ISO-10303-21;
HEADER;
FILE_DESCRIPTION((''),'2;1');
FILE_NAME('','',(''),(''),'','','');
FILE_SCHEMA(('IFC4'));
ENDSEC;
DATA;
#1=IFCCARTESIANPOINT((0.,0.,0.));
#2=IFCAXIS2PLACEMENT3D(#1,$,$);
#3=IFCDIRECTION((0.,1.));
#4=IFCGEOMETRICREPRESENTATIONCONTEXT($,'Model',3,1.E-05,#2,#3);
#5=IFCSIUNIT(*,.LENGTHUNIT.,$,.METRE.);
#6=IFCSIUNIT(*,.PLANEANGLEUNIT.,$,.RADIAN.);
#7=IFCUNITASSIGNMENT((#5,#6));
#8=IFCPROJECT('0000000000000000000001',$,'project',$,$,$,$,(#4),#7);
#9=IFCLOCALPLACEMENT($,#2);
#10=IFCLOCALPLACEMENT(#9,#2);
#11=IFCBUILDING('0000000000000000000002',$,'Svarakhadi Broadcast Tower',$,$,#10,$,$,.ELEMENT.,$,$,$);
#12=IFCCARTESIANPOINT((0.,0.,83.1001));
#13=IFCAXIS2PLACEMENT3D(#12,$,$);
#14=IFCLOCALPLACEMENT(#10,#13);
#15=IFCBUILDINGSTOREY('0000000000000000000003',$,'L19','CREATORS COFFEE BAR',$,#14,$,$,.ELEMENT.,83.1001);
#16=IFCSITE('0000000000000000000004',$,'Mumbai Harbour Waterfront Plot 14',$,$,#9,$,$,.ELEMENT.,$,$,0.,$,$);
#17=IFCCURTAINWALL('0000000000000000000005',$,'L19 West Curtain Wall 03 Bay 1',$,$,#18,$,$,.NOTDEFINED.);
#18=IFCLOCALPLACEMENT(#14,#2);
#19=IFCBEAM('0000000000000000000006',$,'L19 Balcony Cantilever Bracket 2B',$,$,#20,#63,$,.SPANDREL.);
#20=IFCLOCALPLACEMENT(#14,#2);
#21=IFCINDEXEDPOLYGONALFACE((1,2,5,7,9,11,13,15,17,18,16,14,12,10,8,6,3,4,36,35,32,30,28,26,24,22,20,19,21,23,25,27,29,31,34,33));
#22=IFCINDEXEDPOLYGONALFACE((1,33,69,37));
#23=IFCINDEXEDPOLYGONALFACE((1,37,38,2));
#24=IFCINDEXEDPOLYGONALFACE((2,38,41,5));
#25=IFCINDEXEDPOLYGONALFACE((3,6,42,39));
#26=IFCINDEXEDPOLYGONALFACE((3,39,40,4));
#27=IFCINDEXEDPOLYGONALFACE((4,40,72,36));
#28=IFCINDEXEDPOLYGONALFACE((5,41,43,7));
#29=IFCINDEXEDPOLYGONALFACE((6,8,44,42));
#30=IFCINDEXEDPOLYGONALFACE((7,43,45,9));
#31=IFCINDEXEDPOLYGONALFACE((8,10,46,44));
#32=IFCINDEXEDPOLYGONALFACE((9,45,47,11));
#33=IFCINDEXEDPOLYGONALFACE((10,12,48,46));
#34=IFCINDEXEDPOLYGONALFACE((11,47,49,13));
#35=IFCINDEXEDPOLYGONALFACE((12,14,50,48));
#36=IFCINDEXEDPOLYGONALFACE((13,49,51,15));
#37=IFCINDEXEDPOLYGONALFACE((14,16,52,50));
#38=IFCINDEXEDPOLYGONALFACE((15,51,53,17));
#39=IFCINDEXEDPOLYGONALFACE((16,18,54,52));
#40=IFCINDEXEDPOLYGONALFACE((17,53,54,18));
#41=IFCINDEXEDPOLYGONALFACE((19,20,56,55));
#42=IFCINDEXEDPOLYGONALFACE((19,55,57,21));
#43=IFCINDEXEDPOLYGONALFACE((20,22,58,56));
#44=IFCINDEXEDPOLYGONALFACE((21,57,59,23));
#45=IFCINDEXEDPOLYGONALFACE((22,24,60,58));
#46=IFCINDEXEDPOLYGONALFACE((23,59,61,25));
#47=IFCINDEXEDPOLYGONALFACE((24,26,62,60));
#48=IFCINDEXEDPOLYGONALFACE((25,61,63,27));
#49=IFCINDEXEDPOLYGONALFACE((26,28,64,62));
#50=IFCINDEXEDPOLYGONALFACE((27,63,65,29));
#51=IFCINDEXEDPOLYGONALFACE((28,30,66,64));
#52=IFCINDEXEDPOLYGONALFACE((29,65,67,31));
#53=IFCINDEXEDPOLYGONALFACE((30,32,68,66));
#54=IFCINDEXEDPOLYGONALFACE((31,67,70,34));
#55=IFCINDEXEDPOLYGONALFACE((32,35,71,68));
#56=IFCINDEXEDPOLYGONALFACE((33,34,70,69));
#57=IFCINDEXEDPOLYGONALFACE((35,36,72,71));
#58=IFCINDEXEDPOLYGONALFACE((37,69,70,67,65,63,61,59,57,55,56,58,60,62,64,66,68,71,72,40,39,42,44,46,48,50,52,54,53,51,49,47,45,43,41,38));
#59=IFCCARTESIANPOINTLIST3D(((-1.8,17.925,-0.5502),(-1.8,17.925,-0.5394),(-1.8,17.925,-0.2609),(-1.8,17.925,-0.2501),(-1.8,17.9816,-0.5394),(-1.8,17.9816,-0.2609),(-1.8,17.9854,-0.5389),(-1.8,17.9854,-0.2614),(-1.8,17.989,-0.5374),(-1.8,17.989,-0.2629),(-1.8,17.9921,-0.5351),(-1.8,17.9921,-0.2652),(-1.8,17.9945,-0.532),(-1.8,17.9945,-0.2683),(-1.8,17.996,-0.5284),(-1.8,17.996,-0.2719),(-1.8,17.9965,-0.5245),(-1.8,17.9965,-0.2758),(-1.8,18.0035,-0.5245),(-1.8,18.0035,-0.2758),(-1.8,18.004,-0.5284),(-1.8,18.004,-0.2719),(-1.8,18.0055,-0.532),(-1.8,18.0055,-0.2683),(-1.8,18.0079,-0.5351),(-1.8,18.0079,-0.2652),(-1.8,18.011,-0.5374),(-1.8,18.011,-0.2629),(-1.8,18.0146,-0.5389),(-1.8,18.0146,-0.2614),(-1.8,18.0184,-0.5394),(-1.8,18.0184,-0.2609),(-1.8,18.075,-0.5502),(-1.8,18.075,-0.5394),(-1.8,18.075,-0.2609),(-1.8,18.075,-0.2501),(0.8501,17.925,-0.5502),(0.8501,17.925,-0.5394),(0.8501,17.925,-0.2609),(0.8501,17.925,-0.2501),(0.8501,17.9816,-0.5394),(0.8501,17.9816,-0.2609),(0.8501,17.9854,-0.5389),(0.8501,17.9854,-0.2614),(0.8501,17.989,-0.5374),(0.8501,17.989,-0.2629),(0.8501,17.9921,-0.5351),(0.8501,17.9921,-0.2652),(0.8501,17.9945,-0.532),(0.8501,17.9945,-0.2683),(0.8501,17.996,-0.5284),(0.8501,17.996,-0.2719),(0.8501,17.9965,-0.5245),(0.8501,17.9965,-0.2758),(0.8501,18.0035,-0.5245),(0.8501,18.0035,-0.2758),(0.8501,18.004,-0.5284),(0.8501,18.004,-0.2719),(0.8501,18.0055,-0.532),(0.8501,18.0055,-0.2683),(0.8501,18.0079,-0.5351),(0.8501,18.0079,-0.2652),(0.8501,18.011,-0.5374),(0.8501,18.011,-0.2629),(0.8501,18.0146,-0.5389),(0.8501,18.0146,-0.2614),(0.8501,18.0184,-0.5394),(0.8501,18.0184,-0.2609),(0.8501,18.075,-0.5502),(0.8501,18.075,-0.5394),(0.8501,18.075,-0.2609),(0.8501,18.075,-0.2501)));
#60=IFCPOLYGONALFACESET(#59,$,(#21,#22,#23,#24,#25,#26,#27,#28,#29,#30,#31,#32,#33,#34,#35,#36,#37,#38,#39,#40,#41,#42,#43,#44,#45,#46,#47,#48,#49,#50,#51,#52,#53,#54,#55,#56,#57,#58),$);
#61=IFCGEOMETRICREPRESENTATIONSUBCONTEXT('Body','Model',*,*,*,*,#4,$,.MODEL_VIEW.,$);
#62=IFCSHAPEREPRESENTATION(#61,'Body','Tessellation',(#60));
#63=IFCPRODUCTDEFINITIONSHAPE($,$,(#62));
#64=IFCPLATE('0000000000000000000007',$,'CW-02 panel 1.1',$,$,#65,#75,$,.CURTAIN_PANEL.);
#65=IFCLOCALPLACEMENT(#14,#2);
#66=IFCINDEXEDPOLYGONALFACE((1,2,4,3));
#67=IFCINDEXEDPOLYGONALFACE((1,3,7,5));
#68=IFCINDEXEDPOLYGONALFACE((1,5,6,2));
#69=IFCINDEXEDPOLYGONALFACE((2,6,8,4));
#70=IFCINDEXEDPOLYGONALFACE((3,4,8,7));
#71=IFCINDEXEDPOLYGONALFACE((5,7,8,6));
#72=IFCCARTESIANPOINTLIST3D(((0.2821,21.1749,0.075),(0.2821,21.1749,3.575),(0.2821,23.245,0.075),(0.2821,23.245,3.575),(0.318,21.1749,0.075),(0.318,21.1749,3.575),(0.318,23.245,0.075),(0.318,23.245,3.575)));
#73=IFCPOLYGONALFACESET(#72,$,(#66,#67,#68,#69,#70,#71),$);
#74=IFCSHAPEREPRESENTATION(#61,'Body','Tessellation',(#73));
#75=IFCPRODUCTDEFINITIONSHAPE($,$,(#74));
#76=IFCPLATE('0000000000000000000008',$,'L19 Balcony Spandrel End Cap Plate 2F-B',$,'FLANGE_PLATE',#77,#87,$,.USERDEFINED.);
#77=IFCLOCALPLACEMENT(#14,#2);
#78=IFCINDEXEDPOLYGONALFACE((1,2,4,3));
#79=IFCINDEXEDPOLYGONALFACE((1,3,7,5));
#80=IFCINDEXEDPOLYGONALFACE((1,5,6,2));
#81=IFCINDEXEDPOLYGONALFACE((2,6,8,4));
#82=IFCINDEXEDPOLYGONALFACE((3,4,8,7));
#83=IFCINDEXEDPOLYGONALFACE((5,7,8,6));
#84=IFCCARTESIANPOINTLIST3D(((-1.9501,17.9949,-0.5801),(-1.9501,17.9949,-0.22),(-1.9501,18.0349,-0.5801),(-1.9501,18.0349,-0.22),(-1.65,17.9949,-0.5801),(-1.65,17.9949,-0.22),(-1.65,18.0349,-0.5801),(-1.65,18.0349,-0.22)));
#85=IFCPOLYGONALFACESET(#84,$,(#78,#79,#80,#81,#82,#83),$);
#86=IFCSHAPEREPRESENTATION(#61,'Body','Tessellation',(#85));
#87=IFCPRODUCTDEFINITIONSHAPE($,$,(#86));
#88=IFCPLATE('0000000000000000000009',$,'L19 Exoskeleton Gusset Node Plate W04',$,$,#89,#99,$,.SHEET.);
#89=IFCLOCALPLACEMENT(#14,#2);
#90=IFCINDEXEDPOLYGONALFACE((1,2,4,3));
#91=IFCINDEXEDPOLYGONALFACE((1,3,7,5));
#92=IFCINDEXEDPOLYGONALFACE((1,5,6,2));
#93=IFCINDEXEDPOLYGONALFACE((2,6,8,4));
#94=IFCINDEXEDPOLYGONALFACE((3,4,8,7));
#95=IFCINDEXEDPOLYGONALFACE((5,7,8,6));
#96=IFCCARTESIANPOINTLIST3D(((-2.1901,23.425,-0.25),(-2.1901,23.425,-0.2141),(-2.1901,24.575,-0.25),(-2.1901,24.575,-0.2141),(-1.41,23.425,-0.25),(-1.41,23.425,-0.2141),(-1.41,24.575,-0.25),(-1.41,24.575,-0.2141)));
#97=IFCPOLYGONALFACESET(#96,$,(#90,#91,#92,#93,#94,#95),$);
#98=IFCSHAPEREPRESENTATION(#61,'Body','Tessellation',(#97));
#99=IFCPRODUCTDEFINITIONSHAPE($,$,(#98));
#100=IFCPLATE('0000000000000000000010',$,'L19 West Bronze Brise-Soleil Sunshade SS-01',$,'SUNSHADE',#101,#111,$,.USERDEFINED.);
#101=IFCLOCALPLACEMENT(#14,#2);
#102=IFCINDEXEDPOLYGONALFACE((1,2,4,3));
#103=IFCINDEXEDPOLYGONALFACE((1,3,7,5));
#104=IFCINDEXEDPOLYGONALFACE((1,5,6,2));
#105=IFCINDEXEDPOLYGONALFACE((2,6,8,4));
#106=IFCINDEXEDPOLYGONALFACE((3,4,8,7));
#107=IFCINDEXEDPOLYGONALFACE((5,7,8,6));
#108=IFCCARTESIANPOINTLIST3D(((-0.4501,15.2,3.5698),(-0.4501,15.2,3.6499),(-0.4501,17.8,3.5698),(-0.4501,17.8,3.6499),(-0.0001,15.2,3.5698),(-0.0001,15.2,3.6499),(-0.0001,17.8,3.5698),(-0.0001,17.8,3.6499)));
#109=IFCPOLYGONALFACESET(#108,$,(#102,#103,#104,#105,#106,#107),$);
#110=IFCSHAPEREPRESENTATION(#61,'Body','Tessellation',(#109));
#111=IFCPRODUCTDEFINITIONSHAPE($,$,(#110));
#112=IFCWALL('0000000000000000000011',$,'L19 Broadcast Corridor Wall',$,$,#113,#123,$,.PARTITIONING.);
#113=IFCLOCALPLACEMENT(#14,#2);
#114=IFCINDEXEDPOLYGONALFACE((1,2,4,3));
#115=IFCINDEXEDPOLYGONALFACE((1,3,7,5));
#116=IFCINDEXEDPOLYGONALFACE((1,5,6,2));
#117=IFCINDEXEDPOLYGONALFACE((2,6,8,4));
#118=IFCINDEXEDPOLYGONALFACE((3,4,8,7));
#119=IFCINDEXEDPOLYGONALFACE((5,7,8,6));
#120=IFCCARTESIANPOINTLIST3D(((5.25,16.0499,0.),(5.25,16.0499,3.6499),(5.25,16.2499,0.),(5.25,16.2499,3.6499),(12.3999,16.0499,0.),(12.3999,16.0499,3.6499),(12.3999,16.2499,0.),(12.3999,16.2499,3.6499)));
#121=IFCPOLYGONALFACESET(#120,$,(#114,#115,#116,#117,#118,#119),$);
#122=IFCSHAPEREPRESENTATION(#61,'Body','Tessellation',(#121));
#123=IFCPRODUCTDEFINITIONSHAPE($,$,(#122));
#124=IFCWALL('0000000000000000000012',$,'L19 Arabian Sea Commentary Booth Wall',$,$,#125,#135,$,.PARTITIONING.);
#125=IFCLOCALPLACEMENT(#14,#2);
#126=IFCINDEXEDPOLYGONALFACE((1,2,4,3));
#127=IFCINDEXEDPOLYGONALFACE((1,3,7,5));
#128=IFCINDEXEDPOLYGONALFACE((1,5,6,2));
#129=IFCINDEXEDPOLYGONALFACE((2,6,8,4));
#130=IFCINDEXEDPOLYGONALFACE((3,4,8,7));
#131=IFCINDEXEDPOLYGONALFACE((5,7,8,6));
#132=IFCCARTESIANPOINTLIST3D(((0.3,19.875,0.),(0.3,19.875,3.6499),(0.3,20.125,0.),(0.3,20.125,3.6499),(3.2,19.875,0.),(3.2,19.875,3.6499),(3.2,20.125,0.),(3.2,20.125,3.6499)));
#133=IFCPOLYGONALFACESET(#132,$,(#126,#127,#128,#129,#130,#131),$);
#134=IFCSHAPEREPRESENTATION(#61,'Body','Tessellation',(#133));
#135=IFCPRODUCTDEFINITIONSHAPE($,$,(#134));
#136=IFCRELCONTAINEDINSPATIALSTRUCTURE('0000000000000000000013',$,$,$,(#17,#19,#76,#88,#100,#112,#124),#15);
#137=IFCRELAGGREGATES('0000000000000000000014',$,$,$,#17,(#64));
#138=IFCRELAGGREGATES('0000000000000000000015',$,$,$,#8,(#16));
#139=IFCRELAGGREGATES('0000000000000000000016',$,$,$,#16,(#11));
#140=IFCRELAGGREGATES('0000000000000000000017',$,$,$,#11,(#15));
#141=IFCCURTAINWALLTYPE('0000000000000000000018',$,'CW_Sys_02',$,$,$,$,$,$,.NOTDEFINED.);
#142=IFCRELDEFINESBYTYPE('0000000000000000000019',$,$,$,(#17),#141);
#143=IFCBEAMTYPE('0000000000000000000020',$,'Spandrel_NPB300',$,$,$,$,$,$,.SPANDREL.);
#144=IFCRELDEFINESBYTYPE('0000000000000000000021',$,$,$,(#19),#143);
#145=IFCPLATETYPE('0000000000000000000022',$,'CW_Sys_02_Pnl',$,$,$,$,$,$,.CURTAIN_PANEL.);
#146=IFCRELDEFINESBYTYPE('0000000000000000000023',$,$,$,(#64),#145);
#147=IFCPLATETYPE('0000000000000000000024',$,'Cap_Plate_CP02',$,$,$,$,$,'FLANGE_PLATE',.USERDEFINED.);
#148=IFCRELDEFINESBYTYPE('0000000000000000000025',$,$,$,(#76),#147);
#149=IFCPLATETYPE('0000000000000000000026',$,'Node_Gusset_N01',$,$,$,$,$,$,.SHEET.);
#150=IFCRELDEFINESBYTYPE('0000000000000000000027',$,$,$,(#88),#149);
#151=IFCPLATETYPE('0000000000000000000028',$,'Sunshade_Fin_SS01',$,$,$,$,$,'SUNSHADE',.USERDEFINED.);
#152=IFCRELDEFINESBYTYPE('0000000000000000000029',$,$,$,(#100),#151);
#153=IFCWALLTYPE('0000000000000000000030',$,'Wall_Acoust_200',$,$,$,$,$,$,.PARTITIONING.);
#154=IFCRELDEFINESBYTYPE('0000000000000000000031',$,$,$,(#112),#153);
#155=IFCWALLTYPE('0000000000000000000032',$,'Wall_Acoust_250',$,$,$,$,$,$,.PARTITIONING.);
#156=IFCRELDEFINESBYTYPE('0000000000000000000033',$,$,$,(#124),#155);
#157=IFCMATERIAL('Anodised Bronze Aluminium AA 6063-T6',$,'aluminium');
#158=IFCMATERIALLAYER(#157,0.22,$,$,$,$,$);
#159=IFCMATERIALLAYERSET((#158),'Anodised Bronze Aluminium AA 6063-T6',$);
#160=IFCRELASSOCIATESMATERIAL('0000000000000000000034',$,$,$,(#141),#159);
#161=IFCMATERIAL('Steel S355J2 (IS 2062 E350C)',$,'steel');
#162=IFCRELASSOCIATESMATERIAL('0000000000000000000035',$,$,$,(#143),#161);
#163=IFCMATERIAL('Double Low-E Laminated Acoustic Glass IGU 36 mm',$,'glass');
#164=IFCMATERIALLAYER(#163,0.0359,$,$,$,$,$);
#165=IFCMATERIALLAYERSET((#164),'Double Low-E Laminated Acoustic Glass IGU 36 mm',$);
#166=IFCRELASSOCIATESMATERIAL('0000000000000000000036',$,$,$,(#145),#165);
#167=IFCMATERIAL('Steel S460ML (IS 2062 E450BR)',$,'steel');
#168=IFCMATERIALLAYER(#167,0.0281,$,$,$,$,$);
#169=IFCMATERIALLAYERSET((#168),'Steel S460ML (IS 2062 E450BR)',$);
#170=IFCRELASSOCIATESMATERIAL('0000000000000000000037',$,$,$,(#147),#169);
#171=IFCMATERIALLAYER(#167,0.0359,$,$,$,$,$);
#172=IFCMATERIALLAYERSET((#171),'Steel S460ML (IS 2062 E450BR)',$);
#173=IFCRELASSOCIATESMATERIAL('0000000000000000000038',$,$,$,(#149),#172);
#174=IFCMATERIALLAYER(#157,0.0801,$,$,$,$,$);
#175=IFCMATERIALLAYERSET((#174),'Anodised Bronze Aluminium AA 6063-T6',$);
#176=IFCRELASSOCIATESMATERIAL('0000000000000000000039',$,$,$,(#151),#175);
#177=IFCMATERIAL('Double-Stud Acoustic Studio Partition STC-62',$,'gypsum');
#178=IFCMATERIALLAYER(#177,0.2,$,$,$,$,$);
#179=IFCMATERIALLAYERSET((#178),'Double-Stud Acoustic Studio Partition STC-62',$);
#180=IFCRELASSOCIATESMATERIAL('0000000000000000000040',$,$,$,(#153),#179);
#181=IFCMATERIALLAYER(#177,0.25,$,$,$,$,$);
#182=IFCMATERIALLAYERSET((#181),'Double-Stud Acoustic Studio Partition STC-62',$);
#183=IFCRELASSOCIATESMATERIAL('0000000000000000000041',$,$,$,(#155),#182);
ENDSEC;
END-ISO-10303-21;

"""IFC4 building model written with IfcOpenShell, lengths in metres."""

from ifc_helpers import new_model, si_unit, direction, frame, frame_2d, origin, origin_2d, place, context, subcontext, project, spatial, rectangle, i_section, extrude, material, layer, layer_set, material_profile, profile_set, type_object, element, aggregate, save


model = new_model("IFC4")

# Units and contexts
model_context = context("Model", 3, precision=1e-05, world=origin(), true_north=direction((0.0, 1.0)))
body_context = subcontext(model_context, "Body", "Model", "MODEL_VIEW")
ifc_project = project(units=[si_unit("LENGTHUNIT", "METRE"), si_unit("PLANEANGLEUNIT", "RADIAN")], contexts=[model_context])

# Site, building, storey
site_placement = place(None, origin())
site = spatial("IfcSite", under=ifc_project, at=site_placement, Name="Mumbai Harbour Waterfront Plot 14", CompositionType="ELEMENT", RefElevation=0.0)
building_placement = place(site_placement, origin())
building = spatial("IfcBuilding", under=site, at=building_placement, Name="Svarakhadi Broadcast Tower", CompositionType="ELEMENT")
storey_placement = place(building_placement, frame((0.0, 0.0, 83.1001)))
storey = spatial("IfcBuildingStorey", under=building, at=storey_placement, Name="L19", Description="CREATORS COFFEE BAR", CompositionType="ELEMENT", Elevation=83.1001)

# Shared definitions
ifc_material_1 = material(Name="Steel S460ML (IS 2062 E450BR)", Category="steel")

# Shared definitions
ifc_material_2 = material(Name="Steel S355J2 (IS 2062 E350C)", Category="steel")

# Curtain wall
ifc_material_3 = material(Name="Anodised Bronze Aluminium AA 6063-T6", Category="aluminium")
ifc_layer_1 = layer(ifc_material_3, 0.22)
ifc_layer_set_1 = layer_set([ifc_layer_1], Name="Anodised Bronze Aluminium AA 6063-T6")
curtain_wall_type = type_object("IfcCurtainWallType", Name="CW_Sys_02", PredefinedType="NOTDEFINED", material=ifc_layer_set_1)
curtain_wall_placement = place(storey_placement, origin())
curtain_wall = element("IfcCurtainWall", 1, at=curtain_wall_placement, inside=storey, type_object=curtain_wall_type, Name="L19 West Curtain Wall 03 Bay 1", PredefinedType="NOTDEFINED")

# Beam
ifc_material_profile_1 = material_profile(ifc_material_2, i_section(OverallWidth=0.1499, OverallDepth=0.3, WebThickness=0.0071, FlangeThickness=0.0107, FilletRadius=0.0149, at=origin_2d()), Name="NPB 300x150x37")
ifc_profile_set_1 = profile_set([ifc_material_profile_1], Name="Steel S355J2 (IS 2062 E350C)")
beam_type_1 = type_object("IfcBeamType", Name="Spandrel_NPB300", PredefinedType="SPANDREL", material=ifc_profile_set_1)
beam_1_placement = place(storey_placement, frame((0.8501, 18.0, -0.4001), z_axis=(-1.0, 0.0, 0.0), x_axis=(0.0, -1.0, 0.0)))
element("IfcBeam", 2, at=beam_1_placement, inside=storey, type_object=beam_type_1, Name="L19 Balcony Cantilever Bracket 2B", PredefinedType="SPANDREL", context=body_context, shape_type="SweptSolid", body=[
    extrude(i_section(OverallWidth=0.1499, OverallDepth=0.3, WebThickness=0.0071, FlangeThickness=0.0107, FilletRadius=0.0149, at=origin_2d()), origin(), (0.0, 0.0, 1.0), 2.6501),
])

# Plate
ifc_material_4 = material(Name="Double Low-E Laminated Acoustic Glass IGU 36 mm", Category="glass")
ifc_layer_2 = layer(ifc_material_4, 0.0359)
ifc_layer_set_2 = layer_set([ifc_layer_2], Name="Double Low-E Laminated Acoustic Glass IGU 36 mm")
plate_type_1 = type_object("IfcPlateType", Name="CW_Sys_02_Pnl", PredefinedType="CURTAIN_PANEL", material=ifc_layer_set_2)
plate_1_placement = place(storey_placement, frame((0.3, 22.21, 0.075), z_axis=(0.0, 0.0, 1.0), x_axis=(0.0, 1.0, 0.0)))
plate_1 = element("IfcPlate", 3, at=plate_1_placement, type_object=plate_type_1, Name="CW-02 panel 1.1", PredefinedType="CURTAIN_PANEL", context=body_context, shape_type="SweptSolid", body=[
    extrude(rectangle(XDim=2.0701, YDim=0.0359, at=origin_2d()), origin(), (0.0, 0.0, 1.0), 3.5),
])
aggregate(curtain_wall, [plate_1])

# Plates
ifc_layer_3 = layer(ifc_material_1, 0.0281)
ifc_layer_set_3 = layer_set([ifc_layer_3], Name="Steel S460ML (IS 2062 E450BR)")
plate_type_2 = type_object("IfcPlateType", Name="Cap_Plate_CP02", ElementType="FLANGE_PLATE", PredefinedType="USERDEFINED", material=ifc_layer_set_3)
plate_2_placement = place(storey_placement, frame((-1.8, 18.0149, -0.5801), z_axis=(0.0, 0.0, 1.0), x_axis=(1.0, 0.0, 0.0)))
element("IfcPlate", 4, at=plate_2_placement, inside=storey, type_object=plate_type_2, Name="L19 Balcony Spandrel End Cap Plate 2F-B", ObjectType="FLANGE_PLATE", PredefinedType="USERDEFINED", context=body_context, shape_type="SweptSolid", body=[
    extrude(rectangle(XDim=0.3, YDim=0.04, at=origin_2d()), origin(), (0.0, 0.0, 1.0), 0.3601),
])
ifc_layer_4 = layer(ifc_material_1, 0.0359)
ifc_layer_set_4 = layer_set([ifc_layer_4], Name="Steel S460ML (IS 2062 E450BR)")
plate_type_3 = type_object("IfcPlateType", Name="Node_Gusset_N01", PredefinedType="SHEET", material=ifc_layer_set_4)
plate_3_placement = place(storey_placement, frame((-1.8, 24.0, -0.25), z_axis=(0.0, 0.0, 1.0), x_axis=(0.0, 1.0, 0.0)))
element("IfcPlate", 5, at=plate_3_placement, inside=storey, type_object=plate_type_3, Name="L19 Exoskeleton Gusset Node Plate W04", PredefinedType="SHEET", context=body_context, shape_type="SweptSolid", body=[
    extrude(rectangle(XDim=1.1499, YDim=0.78, at=origin_2d()), origin(), (0.0, 0.0, 1.0), 0.0359),
])
ifc_layer_5 = layer(ifc_material_3, 0.0801)
ifc_layer_set_5 = layer_set([ifc_layer_5], Name="Anodised Bronze Aluminium AA 6063-T6")
plate_type_4 = type_object("IfcPlateType", Name="Sunshade_Fin_SS01", ElementType="SUNSHADE", PredefinedType="USERDEFINED", material=ifc_layer_set_5)
plate_4_placement = place(storey_placement, frame((-0.2251, 16.5, 3.5698), z_axis=(0.0, 0.0, 1.0), x_axis=(0.0, 1.0, 0.0)))
element("IfcPlate", 6, at=plate_4_placement, inside=storey, type_object=plate_type_4, Name="L19 West Bronze Brise-Soleil Sunshade SS-01", ObjectType="SUNSHADE", PredefinedType="USERDEFINED", context=body_context, shape_type="SweptSolid", body=[
    extrude(rectangle(XDim=2.6001, YDim=0.45, at=origin_2d()), origin(), (0.0, 0.0, 1.0), 0.0801),
])

# Walls
ifc_material_5 = material(Name="Double-Stud Acoustic Studio Partition STC-62", Category="gypsum")
ifc_layer_6 = layer(ifc_material_5, 0.2)
ifc_layer_set_6 = layer_set([ifc_layer_6], Name="Double-Stud Acoustic Studio Partition STC-62")
wall_type_1 = type_object("IfcWallType", Name="Wall_Acoust_200", PredefinedType="PARTITIONING", material=ifc_layer_set_6)
wall_1_placement = place(storey_placement, frame((5.25, 16.1499, 0.0), z_axis=(0.0, 0.0, 1.0), x_axis=(1.0, 0.0, 0.0)))
element("IfcWall", 7, at=wall_1_placement, inside=storey, type_object=wall_type_1, Name="L19 Broadcast Corridor Wall", PredefinedType="PARTITIONING", context=body_context, shape_type="SweptSolid", body=[
    extrude(rectangle(XDim=7.1499, YDim=0.2, at=frame_2d((3.575, 0.0))), origin(), (0.0, 0.0, 1.0), 3.6499),
])
ifc_layer_7 = layer(ifc_material_5, 0.25)
ifc_layer_set_7 = layer_set([ifc_layer_7], Name="Double-Stud Acoustic Studio Partition STC-62")
wall_type_2 = type_object("IfcWallType", Name="Wall_Acoust_250", PredefinedType="PARTITIONING", material=ifc_layer_set_7)
wall_2_placement = place(storey_placement, frame((0.3, 20.0, 0.0), z_axis=(0.0, 0.0, 1.0), x_axis=(1.0, 0.0, 0.0)))
element("IfcWall", 8, at=wall_2_placement, inside=storey, type_object=wall_type_2, Name="L19 Arabian Sea Commentary Booth Wall", PredefinedType="PARTITIONING", context=body_context, shape_type="SweptSolid", body=[
    extrude(rectangle(XDim=2.8999, YDim=0.25, at=frame_2d((1.45, 0.0))), origin(), (0.0, 0.0, 1.0), 3.6499),
])

save(model, "model.ifc")
